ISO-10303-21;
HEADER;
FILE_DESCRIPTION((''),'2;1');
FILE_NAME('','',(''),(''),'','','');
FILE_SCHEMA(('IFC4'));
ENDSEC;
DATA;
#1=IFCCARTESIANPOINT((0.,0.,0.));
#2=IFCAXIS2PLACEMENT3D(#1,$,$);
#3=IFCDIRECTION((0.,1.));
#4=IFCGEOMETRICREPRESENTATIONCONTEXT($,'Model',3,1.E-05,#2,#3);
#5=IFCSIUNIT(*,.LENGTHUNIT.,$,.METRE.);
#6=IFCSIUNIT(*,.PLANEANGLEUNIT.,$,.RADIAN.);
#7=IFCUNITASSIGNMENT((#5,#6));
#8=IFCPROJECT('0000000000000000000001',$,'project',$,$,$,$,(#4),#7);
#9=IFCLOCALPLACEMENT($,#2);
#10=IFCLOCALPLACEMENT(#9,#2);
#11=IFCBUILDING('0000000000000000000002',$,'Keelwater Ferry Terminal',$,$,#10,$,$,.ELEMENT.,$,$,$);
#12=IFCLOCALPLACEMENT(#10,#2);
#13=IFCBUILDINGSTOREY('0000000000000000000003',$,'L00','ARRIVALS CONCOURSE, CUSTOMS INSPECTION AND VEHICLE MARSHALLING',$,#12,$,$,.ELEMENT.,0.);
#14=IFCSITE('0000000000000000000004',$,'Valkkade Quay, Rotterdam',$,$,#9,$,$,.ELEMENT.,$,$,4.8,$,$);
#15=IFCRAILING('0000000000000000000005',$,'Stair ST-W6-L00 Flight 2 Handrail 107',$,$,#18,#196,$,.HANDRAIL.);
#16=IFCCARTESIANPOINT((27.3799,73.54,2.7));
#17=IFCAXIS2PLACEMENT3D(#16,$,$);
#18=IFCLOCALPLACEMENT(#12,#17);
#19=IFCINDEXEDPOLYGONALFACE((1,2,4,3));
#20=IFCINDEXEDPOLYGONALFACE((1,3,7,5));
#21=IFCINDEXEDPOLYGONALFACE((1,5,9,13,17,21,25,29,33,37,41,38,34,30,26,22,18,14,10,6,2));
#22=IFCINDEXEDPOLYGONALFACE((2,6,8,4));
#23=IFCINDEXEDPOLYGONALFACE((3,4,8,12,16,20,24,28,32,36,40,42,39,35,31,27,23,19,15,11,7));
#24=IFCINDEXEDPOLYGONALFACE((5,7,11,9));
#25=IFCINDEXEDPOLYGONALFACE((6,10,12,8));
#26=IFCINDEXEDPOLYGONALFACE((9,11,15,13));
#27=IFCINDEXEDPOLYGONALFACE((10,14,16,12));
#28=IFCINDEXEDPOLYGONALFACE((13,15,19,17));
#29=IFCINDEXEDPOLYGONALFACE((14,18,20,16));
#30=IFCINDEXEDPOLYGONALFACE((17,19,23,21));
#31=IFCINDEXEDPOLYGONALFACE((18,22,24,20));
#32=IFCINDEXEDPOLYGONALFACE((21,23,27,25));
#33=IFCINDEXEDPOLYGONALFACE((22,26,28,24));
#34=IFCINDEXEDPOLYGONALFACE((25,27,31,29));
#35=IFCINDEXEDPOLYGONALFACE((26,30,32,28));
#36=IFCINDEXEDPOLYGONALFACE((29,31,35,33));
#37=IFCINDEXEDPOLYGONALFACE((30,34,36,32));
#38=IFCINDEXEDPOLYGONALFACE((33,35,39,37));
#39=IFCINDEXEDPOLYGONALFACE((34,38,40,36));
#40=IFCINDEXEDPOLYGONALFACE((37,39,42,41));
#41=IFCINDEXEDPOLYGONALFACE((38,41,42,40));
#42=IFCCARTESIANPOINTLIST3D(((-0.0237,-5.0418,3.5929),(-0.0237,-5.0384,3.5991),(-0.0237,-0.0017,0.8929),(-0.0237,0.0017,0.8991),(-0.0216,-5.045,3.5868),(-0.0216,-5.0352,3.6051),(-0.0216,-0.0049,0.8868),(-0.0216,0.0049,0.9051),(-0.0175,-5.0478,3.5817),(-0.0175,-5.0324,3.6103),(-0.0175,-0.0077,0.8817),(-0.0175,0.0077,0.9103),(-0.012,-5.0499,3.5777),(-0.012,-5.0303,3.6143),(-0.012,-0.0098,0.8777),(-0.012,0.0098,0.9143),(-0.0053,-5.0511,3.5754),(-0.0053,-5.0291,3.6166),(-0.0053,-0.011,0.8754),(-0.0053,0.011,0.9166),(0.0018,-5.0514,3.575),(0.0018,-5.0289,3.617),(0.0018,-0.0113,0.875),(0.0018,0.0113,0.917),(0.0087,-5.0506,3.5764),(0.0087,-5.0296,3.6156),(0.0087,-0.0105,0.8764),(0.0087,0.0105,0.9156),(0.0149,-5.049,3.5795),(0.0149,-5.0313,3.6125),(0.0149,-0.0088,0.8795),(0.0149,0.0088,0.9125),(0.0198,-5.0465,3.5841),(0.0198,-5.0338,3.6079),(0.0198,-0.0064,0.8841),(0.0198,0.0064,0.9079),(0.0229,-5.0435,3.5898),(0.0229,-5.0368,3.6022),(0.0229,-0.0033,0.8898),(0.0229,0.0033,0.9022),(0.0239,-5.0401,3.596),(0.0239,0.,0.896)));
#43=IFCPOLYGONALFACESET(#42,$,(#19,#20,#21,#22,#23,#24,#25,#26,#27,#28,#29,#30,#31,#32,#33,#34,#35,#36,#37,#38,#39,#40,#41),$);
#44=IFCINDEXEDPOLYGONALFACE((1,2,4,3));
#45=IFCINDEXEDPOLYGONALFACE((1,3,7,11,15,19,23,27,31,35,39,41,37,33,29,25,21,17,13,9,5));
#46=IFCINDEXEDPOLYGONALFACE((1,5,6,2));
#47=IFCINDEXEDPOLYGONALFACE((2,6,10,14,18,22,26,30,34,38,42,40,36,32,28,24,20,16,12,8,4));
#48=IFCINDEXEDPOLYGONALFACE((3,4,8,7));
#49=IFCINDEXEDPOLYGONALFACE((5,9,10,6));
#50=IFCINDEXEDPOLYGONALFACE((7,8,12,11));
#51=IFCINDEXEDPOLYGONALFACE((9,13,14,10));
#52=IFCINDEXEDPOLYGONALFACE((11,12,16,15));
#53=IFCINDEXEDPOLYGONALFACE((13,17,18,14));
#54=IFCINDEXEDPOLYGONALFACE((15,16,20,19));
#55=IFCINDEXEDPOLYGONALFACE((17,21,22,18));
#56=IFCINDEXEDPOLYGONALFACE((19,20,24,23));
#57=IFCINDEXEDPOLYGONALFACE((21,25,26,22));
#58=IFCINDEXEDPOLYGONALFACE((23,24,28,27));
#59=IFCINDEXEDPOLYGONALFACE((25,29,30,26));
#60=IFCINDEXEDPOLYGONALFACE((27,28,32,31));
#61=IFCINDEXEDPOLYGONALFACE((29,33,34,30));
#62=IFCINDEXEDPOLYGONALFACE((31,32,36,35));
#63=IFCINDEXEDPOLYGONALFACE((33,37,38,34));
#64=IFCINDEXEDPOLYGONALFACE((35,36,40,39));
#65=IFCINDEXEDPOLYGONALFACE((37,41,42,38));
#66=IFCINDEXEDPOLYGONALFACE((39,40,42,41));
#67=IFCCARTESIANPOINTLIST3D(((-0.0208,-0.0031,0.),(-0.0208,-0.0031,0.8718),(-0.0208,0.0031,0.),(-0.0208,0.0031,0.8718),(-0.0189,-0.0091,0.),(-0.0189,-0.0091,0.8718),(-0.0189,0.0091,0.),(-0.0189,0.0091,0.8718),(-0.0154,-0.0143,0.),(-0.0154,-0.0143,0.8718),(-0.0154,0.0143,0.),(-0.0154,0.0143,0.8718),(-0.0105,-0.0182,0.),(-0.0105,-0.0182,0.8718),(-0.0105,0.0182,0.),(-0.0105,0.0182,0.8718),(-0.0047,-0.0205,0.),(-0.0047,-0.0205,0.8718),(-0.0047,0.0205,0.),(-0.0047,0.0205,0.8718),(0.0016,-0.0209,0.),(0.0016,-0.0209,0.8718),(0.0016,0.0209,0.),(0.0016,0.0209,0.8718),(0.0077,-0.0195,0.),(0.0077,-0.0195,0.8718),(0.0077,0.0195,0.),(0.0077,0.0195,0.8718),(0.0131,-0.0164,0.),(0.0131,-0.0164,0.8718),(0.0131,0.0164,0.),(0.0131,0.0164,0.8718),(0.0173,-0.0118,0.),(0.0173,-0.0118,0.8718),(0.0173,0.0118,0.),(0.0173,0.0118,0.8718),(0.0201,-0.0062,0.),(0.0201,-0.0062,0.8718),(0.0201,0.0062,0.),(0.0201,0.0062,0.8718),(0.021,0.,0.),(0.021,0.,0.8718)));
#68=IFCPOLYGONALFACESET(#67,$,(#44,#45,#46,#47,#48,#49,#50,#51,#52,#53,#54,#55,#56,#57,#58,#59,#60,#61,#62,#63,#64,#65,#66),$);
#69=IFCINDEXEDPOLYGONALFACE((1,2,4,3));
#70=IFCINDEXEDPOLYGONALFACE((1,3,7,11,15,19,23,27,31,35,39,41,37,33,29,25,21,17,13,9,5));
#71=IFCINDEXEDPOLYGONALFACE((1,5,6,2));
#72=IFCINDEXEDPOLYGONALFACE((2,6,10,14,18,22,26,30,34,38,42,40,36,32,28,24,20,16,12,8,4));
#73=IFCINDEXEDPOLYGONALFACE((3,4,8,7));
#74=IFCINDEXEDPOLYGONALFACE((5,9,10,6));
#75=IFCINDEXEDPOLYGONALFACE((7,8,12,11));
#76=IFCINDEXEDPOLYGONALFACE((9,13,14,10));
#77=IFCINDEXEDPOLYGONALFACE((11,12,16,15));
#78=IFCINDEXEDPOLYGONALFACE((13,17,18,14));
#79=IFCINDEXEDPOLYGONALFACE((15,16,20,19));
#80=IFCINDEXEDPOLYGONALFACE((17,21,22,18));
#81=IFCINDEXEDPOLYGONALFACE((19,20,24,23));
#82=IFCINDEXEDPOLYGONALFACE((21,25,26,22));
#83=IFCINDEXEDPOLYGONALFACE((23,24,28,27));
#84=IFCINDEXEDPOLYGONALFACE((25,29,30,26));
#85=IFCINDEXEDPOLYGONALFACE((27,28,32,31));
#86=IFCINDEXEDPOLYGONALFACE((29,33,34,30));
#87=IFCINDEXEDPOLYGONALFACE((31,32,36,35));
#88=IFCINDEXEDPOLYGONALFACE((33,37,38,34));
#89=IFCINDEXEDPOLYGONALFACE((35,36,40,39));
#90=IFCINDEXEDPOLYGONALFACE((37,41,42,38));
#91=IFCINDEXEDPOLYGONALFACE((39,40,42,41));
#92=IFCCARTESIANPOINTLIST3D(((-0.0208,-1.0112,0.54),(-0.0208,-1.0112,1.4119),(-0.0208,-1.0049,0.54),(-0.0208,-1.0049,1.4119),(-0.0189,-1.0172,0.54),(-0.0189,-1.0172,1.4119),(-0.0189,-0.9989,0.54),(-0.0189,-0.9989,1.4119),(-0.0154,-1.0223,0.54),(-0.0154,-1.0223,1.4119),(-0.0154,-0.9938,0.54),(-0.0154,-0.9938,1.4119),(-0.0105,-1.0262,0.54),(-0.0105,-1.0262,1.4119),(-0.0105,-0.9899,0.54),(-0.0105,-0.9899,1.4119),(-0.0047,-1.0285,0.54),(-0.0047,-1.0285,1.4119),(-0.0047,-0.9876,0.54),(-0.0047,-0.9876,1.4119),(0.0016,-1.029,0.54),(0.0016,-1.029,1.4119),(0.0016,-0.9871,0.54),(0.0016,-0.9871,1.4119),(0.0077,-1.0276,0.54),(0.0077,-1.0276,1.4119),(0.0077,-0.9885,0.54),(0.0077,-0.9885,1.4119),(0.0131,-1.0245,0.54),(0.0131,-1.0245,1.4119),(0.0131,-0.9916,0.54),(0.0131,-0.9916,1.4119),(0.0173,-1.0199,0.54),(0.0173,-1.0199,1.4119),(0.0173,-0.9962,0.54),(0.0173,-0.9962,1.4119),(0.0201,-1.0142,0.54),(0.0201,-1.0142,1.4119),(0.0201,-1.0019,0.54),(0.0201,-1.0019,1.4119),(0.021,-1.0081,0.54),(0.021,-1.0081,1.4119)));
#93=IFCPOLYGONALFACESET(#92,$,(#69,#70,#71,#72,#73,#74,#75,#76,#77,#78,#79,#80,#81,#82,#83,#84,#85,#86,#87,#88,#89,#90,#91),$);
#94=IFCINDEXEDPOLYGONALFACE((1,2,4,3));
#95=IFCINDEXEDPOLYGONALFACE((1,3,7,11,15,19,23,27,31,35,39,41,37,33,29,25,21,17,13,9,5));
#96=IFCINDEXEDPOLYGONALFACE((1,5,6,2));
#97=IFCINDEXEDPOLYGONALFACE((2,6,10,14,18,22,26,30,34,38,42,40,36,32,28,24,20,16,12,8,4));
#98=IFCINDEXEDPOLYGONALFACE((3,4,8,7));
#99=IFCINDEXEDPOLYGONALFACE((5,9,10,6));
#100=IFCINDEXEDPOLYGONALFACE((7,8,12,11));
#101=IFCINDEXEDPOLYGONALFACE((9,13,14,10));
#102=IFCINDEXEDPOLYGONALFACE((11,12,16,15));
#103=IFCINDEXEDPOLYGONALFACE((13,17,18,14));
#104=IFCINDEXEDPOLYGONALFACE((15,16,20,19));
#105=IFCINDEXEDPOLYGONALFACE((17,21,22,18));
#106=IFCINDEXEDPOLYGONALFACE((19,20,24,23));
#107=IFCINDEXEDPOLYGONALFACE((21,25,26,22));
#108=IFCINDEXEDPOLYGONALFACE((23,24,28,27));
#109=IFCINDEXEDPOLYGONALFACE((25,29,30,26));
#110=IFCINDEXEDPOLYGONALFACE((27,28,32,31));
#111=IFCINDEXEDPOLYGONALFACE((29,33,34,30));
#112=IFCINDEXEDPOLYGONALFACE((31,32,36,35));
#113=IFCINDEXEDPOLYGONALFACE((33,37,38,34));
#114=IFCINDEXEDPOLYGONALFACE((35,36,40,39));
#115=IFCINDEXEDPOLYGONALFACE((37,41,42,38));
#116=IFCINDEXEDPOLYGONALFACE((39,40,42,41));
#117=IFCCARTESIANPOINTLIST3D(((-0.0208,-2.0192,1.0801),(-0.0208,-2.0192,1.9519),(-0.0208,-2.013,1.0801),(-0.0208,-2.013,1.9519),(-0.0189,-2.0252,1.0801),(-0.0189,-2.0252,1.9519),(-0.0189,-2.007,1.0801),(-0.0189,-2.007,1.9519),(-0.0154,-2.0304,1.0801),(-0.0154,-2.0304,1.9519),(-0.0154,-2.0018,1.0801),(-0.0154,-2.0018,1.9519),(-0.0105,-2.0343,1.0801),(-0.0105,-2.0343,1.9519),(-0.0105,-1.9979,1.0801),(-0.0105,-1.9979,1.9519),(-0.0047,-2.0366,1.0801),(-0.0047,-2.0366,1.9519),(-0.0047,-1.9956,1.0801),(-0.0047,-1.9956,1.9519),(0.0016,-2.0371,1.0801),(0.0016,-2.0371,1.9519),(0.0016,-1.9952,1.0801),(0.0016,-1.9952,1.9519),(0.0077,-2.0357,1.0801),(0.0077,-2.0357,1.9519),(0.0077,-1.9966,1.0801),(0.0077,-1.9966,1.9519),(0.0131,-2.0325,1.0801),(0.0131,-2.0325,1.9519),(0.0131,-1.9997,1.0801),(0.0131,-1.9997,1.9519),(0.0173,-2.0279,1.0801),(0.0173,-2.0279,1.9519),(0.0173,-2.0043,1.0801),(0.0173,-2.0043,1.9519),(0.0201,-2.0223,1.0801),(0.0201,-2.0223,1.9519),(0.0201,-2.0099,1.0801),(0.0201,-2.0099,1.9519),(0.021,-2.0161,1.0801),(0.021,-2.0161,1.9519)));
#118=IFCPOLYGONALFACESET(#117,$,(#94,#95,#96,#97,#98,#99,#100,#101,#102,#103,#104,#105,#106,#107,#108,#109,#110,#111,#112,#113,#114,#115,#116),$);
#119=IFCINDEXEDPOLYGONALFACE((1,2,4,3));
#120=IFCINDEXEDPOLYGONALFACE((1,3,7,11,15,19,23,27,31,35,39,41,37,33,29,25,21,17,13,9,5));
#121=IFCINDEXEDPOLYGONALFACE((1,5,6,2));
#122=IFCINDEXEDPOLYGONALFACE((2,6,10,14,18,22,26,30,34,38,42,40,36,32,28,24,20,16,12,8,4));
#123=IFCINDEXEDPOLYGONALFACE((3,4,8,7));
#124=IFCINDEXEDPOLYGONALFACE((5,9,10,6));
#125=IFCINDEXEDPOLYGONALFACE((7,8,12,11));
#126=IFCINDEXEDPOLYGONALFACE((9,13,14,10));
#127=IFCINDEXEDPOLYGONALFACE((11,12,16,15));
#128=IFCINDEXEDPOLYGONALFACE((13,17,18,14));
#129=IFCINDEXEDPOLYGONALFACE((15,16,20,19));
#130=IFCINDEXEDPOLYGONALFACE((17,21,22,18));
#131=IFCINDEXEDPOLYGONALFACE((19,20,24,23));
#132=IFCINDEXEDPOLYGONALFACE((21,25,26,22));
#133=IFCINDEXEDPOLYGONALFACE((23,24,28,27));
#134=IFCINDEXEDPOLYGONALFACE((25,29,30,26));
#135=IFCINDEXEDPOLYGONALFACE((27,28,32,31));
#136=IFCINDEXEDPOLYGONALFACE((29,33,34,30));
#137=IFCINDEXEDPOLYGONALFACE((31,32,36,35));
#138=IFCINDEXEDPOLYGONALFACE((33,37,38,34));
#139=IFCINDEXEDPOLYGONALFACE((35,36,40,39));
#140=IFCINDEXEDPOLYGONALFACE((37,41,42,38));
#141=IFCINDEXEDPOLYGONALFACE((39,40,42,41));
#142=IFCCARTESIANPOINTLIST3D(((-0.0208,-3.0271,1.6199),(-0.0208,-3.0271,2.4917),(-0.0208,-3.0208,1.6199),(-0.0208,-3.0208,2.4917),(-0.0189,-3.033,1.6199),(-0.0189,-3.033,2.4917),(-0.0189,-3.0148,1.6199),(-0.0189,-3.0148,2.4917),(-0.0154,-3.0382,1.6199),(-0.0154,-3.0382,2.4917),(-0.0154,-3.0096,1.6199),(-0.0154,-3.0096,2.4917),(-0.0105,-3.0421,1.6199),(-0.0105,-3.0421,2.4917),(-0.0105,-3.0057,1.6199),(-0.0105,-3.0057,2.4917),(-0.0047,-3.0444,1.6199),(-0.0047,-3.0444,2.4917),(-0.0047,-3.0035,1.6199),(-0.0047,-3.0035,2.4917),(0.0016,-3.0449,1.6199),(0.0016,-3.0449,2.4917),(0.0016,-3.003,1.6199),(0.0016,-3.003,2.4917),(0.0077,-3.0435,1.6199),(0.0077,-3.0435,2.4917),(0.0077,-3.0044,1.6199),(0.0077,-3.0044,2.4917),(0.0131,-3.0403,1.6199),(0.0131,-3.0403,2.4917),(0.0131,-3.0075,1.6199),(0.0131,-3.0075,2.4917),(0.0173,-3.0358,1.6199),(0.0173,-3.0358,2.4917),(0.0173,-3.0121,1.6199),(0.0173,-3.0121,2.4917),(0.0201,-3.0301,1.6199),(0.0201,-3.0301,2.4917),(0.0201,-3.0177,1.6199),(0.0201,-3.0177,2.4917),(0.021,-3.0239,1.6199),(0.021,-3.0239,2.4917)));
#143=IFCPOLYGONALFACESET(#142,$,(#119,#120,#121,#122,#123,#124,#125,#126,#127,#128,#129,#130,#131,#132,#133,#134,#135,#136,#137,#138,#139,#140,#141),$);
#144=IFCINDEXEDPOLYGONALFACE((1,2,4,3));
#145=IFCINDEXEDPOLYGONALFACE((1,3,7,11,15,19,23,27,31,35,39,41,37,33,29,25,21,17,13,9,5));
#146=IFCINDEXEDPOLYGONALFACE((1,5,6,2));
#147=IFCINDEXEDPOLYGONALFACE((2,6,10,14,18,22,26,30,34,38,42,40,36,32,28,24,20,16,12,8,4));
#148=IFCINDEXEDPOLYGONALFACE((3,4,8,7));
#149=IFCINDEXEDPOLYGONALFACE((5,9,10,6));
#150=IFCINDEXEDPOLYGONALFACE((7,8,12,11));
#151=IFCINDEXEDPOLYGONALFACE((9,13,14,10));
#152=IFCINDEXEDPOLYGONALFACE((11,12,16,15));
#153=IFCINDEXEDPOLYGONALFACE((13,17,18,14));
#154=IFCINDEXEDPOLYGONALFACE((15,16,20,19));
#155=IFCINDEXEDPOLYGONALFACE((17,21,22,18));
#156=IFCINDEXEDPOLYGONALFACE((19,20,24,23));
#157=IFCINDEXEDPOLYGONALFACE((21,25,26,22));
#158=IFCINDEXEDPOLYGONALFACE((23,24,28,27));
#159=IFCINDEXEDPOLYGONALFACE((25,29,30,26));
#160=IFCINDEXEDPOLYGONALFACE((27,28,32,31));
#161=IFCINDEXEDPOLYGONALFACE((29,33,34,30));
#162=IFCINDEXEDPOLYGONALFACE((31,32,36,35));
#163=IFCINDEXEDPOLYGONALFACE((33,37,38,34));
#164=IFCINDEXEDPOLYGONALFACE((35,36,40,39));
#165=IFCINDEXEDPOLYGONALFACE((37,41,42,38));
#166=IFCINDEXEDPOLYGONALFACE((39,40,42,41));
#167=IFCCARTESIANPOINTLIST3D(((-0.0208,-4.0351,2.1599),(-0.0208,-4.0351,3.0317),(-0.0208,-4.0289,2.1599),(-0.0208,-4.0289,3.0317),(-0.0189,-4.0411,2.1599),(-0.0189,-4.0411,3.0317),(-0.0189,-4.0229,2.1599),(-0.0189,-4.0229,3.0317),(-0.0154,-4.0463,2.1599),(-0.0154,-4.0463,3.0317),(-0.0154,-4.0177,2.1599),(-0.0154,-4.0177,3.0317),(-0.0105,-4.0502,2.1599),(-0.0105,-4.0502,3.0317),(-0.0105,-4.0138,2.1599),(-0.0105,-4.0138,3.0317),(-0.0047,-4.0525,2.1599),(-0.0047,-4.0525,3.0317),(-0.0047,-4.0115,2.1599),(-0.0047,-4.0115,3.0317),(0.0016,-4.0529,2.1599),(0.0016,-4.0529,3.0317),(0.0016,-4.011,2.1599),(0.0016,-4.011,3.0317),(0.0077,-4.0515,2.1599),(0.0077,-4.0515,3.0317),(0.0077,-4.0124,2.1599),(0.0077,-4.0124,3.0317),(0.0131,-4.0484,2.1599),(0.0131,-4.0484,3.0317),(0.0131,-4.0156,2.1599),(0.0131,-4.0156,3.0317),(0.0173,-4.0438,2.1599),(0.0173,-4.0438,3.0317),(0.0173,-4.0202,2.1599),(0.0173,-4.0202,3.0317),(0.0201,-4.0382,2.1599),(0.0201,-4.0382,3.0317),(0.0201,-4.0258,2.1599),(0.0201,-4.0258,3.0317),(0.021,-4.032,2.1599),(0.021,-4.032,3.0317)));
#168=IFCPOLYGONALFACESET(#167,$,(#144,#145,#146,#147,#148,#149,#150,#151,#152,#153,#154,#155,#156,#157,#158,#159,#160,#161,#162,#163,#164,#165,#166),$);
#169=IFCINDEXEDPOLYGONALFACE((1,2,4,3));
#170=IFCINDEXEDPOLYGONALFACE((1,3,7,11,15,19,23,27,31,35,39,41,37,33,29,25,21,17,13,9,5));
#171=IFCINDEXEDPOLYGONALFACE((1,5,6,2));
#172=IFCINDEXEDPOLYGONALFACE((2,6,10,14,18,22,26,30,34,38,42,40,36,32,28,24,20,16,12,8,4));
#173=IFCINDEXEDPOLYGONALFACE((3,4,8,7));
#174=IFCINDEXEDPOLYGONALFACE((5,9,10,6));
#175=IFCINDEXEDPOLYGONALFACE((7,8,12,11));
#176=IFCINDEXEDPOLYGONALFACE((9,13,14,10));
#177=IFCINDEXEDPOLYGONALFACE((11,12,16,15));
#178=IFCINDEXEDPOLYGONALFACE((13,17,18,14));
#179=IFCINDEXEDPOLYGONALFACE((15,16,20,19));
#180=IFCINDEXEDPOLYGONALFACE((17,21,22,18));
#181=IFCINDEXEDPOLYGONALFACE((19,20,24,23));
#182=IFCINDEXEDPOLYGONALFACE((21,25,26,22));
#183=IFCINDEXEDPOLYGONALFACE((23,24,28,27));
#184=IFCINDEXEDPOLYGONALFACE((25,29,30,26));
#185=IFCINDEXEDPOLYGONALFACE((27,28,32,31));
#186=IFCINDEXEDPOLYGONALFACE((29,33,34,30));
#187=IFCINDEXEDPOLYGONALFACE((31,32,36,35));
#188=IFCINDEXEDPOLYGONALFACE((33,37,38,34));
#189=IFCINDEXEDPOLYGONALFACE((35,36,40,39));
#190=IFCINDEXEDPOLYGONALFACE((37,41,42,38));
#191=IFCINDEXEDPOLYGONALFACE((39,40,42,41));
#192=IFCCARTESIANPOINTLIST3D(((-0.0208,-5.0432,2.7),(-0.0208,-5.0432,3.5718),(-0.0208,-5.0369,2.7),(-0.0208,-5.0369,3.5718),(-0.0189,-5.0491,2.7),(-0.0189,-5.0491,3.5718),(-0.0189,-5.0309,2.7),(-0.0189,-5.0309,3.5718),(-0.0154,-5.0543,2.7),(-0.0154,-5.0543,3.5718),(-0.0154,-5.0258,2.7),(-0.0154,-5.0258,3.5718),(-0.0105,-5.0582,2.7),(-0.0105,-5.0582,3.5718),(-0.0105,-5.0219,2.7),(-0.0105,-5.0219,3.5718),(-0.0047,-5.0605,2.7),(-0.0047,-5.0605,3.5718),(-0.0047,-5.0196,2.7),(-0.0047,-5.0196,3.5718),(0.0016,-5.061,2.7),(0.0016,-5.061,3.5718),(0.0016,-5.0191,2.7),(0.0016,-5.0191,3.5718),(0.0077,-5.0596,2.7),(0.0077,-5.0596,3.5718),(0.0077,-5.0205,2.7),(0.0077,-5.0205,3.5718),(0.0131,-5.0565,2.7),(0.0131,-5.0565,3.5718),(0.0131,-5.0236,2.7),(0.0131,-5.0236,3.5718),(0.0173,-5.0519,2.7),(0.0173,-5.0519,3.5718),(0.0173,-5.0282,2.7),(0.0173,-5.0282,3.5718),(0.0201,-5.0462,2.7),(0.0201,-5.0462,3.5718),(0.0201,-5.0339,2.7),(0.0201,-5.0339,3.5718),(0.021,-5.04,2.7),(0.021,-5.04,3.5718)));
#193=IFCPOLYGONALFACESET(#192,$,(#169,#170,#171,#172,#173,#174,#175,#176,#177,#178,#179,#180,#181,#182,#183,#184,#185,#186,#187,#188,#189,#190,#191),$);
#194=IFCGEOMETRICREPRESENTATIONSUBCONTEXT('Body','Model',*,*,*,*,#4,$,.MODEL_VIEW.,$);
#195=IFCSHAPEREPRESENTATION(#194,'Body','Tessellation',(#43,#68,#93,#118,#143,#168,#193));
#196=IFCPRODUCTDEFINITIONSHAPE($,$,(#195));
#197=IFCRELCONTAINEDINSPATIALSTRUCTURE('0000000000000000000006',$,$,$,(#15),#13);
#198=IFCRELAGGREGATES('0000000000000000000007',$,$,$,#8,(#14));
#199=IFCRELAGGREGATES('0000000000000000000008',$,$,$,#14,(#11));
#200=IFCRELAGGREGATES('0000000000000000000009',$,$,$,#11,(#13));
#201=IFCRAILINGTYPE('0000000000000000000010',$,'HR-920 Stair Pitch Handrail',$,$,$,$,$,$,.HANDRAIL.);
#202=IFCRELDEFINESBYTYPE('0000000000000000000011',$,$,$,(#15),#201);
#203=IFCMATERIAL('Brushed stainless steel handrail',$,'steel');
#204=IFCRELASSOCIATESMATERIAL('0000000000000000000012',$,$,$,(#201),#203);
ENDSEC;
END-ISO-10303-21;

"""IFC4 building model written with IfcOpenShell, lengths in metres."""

from ifc_helpers import new_model, si_unit, direction, frame, origin, origin_2d, place, context, subcontext, project, spatial, circle, extrude, material, type_object, element, save


model = new_model("IFC4")

# Units and contexts
model_context = context("Model", 3, precision=1e-05, world=origin(), true_north=direction((0.0, 1.0)))
body_context = subcontext(model_context, "Body", "Model", "MODEL_VIEW")
ifc_project = project(units=[si_unit("LENGTHUNIT", "METRE"), si_unit("PLANEANGLEUNIT", "RADIAN")], contexts=[model_context])

# Site, building, storey
site_placement = place(None, origin())
site = spatial("IfcSite", under=ifc_project, at=site_placement, Name="Valkkade Quay, Rotterdam", CompositionType="ELEMENT", RefElevation=4.8)
building_placement = place(site_placement, origin())
building = spatial("IfcBuilding", under=site, at=building_placement, Name="Keelwater Ferry Terminal", CompositionType="ELEMENT")
storey_placement = place(building_placement, origin())
storey = spatial("IfcBuildingStorey", under=building, at=storey_placement, Name="L00", Description="ARRIVALS CONCOURSE, CUSTOMS INSPECTION AND VEHICLE MARSHALLING", CompositionType="ELEMENT", Elevation=0.0)

# Railing
ifc_material_1 = material(Name="Brushed stainless steel handrail", Category="steel")
railing_type_1 = type_object("IfcRailingType", Name="HR-920 Stair Pitch Handrail", PredefinedType="HANDRAIL", material=ifc_material_1)
railing_1_placement = place(storey_placement, frame((27.3799, 73.54, 2.7)))
element("IfcRailing", 1, at=railing_1_placement, inside=storey, type_object=railing_type_1, Name="Stair ST-W6-L00 Flight 2 Handrail 107", PredefinedType="HANDRAIL", context=body_context, shape_type="SweptSolid", body=[
    extrude(circle(Radius=0.0239, at=origin_2d()), frame((0.0, 0.0, 0.896), z_axis=(0.0, -0.881485, 0.472212), x_axis=(1.0, 0.0, 0.0)), (0.0, 0.0, 1.0), 5.7178),
    extrude(circle(Radius=0.021, at=origin_2d()), origin(), (0.0, 0.0, 1.0), 0.8718),
    extrude(circle(Radius=0.021, at=origin_2d()), frame((0.0, -1.0081, 0.54)), (0.0, 0.0, 1.0), 0.8718),
    extrude(circle(Radius=0.021, at=origin_2d()), frame((0.0, -2.0161, 1.0801)), (0.0, 0.0, 1.0), 0.8718),
    extrude(circle(Radius=0.021, at=origin_2d()), frame((0.0, -3.0239, 1.6199)), (0.0, 0.0, 1.0), 0.8718),
    extrude(circle(Radius=0.021, at=origin_2d()), frame((0.0, -4.032, 2.1599)), (0.0, 0.0, 1.0), 0.8718),
    extrude(circle(Radius=0.021, at=origin_2d()), frame((0.0, -5.04, 2.7)), (0.0, 0.0, 1.0), 0.8718),
])

save(model, "model.ifc")
